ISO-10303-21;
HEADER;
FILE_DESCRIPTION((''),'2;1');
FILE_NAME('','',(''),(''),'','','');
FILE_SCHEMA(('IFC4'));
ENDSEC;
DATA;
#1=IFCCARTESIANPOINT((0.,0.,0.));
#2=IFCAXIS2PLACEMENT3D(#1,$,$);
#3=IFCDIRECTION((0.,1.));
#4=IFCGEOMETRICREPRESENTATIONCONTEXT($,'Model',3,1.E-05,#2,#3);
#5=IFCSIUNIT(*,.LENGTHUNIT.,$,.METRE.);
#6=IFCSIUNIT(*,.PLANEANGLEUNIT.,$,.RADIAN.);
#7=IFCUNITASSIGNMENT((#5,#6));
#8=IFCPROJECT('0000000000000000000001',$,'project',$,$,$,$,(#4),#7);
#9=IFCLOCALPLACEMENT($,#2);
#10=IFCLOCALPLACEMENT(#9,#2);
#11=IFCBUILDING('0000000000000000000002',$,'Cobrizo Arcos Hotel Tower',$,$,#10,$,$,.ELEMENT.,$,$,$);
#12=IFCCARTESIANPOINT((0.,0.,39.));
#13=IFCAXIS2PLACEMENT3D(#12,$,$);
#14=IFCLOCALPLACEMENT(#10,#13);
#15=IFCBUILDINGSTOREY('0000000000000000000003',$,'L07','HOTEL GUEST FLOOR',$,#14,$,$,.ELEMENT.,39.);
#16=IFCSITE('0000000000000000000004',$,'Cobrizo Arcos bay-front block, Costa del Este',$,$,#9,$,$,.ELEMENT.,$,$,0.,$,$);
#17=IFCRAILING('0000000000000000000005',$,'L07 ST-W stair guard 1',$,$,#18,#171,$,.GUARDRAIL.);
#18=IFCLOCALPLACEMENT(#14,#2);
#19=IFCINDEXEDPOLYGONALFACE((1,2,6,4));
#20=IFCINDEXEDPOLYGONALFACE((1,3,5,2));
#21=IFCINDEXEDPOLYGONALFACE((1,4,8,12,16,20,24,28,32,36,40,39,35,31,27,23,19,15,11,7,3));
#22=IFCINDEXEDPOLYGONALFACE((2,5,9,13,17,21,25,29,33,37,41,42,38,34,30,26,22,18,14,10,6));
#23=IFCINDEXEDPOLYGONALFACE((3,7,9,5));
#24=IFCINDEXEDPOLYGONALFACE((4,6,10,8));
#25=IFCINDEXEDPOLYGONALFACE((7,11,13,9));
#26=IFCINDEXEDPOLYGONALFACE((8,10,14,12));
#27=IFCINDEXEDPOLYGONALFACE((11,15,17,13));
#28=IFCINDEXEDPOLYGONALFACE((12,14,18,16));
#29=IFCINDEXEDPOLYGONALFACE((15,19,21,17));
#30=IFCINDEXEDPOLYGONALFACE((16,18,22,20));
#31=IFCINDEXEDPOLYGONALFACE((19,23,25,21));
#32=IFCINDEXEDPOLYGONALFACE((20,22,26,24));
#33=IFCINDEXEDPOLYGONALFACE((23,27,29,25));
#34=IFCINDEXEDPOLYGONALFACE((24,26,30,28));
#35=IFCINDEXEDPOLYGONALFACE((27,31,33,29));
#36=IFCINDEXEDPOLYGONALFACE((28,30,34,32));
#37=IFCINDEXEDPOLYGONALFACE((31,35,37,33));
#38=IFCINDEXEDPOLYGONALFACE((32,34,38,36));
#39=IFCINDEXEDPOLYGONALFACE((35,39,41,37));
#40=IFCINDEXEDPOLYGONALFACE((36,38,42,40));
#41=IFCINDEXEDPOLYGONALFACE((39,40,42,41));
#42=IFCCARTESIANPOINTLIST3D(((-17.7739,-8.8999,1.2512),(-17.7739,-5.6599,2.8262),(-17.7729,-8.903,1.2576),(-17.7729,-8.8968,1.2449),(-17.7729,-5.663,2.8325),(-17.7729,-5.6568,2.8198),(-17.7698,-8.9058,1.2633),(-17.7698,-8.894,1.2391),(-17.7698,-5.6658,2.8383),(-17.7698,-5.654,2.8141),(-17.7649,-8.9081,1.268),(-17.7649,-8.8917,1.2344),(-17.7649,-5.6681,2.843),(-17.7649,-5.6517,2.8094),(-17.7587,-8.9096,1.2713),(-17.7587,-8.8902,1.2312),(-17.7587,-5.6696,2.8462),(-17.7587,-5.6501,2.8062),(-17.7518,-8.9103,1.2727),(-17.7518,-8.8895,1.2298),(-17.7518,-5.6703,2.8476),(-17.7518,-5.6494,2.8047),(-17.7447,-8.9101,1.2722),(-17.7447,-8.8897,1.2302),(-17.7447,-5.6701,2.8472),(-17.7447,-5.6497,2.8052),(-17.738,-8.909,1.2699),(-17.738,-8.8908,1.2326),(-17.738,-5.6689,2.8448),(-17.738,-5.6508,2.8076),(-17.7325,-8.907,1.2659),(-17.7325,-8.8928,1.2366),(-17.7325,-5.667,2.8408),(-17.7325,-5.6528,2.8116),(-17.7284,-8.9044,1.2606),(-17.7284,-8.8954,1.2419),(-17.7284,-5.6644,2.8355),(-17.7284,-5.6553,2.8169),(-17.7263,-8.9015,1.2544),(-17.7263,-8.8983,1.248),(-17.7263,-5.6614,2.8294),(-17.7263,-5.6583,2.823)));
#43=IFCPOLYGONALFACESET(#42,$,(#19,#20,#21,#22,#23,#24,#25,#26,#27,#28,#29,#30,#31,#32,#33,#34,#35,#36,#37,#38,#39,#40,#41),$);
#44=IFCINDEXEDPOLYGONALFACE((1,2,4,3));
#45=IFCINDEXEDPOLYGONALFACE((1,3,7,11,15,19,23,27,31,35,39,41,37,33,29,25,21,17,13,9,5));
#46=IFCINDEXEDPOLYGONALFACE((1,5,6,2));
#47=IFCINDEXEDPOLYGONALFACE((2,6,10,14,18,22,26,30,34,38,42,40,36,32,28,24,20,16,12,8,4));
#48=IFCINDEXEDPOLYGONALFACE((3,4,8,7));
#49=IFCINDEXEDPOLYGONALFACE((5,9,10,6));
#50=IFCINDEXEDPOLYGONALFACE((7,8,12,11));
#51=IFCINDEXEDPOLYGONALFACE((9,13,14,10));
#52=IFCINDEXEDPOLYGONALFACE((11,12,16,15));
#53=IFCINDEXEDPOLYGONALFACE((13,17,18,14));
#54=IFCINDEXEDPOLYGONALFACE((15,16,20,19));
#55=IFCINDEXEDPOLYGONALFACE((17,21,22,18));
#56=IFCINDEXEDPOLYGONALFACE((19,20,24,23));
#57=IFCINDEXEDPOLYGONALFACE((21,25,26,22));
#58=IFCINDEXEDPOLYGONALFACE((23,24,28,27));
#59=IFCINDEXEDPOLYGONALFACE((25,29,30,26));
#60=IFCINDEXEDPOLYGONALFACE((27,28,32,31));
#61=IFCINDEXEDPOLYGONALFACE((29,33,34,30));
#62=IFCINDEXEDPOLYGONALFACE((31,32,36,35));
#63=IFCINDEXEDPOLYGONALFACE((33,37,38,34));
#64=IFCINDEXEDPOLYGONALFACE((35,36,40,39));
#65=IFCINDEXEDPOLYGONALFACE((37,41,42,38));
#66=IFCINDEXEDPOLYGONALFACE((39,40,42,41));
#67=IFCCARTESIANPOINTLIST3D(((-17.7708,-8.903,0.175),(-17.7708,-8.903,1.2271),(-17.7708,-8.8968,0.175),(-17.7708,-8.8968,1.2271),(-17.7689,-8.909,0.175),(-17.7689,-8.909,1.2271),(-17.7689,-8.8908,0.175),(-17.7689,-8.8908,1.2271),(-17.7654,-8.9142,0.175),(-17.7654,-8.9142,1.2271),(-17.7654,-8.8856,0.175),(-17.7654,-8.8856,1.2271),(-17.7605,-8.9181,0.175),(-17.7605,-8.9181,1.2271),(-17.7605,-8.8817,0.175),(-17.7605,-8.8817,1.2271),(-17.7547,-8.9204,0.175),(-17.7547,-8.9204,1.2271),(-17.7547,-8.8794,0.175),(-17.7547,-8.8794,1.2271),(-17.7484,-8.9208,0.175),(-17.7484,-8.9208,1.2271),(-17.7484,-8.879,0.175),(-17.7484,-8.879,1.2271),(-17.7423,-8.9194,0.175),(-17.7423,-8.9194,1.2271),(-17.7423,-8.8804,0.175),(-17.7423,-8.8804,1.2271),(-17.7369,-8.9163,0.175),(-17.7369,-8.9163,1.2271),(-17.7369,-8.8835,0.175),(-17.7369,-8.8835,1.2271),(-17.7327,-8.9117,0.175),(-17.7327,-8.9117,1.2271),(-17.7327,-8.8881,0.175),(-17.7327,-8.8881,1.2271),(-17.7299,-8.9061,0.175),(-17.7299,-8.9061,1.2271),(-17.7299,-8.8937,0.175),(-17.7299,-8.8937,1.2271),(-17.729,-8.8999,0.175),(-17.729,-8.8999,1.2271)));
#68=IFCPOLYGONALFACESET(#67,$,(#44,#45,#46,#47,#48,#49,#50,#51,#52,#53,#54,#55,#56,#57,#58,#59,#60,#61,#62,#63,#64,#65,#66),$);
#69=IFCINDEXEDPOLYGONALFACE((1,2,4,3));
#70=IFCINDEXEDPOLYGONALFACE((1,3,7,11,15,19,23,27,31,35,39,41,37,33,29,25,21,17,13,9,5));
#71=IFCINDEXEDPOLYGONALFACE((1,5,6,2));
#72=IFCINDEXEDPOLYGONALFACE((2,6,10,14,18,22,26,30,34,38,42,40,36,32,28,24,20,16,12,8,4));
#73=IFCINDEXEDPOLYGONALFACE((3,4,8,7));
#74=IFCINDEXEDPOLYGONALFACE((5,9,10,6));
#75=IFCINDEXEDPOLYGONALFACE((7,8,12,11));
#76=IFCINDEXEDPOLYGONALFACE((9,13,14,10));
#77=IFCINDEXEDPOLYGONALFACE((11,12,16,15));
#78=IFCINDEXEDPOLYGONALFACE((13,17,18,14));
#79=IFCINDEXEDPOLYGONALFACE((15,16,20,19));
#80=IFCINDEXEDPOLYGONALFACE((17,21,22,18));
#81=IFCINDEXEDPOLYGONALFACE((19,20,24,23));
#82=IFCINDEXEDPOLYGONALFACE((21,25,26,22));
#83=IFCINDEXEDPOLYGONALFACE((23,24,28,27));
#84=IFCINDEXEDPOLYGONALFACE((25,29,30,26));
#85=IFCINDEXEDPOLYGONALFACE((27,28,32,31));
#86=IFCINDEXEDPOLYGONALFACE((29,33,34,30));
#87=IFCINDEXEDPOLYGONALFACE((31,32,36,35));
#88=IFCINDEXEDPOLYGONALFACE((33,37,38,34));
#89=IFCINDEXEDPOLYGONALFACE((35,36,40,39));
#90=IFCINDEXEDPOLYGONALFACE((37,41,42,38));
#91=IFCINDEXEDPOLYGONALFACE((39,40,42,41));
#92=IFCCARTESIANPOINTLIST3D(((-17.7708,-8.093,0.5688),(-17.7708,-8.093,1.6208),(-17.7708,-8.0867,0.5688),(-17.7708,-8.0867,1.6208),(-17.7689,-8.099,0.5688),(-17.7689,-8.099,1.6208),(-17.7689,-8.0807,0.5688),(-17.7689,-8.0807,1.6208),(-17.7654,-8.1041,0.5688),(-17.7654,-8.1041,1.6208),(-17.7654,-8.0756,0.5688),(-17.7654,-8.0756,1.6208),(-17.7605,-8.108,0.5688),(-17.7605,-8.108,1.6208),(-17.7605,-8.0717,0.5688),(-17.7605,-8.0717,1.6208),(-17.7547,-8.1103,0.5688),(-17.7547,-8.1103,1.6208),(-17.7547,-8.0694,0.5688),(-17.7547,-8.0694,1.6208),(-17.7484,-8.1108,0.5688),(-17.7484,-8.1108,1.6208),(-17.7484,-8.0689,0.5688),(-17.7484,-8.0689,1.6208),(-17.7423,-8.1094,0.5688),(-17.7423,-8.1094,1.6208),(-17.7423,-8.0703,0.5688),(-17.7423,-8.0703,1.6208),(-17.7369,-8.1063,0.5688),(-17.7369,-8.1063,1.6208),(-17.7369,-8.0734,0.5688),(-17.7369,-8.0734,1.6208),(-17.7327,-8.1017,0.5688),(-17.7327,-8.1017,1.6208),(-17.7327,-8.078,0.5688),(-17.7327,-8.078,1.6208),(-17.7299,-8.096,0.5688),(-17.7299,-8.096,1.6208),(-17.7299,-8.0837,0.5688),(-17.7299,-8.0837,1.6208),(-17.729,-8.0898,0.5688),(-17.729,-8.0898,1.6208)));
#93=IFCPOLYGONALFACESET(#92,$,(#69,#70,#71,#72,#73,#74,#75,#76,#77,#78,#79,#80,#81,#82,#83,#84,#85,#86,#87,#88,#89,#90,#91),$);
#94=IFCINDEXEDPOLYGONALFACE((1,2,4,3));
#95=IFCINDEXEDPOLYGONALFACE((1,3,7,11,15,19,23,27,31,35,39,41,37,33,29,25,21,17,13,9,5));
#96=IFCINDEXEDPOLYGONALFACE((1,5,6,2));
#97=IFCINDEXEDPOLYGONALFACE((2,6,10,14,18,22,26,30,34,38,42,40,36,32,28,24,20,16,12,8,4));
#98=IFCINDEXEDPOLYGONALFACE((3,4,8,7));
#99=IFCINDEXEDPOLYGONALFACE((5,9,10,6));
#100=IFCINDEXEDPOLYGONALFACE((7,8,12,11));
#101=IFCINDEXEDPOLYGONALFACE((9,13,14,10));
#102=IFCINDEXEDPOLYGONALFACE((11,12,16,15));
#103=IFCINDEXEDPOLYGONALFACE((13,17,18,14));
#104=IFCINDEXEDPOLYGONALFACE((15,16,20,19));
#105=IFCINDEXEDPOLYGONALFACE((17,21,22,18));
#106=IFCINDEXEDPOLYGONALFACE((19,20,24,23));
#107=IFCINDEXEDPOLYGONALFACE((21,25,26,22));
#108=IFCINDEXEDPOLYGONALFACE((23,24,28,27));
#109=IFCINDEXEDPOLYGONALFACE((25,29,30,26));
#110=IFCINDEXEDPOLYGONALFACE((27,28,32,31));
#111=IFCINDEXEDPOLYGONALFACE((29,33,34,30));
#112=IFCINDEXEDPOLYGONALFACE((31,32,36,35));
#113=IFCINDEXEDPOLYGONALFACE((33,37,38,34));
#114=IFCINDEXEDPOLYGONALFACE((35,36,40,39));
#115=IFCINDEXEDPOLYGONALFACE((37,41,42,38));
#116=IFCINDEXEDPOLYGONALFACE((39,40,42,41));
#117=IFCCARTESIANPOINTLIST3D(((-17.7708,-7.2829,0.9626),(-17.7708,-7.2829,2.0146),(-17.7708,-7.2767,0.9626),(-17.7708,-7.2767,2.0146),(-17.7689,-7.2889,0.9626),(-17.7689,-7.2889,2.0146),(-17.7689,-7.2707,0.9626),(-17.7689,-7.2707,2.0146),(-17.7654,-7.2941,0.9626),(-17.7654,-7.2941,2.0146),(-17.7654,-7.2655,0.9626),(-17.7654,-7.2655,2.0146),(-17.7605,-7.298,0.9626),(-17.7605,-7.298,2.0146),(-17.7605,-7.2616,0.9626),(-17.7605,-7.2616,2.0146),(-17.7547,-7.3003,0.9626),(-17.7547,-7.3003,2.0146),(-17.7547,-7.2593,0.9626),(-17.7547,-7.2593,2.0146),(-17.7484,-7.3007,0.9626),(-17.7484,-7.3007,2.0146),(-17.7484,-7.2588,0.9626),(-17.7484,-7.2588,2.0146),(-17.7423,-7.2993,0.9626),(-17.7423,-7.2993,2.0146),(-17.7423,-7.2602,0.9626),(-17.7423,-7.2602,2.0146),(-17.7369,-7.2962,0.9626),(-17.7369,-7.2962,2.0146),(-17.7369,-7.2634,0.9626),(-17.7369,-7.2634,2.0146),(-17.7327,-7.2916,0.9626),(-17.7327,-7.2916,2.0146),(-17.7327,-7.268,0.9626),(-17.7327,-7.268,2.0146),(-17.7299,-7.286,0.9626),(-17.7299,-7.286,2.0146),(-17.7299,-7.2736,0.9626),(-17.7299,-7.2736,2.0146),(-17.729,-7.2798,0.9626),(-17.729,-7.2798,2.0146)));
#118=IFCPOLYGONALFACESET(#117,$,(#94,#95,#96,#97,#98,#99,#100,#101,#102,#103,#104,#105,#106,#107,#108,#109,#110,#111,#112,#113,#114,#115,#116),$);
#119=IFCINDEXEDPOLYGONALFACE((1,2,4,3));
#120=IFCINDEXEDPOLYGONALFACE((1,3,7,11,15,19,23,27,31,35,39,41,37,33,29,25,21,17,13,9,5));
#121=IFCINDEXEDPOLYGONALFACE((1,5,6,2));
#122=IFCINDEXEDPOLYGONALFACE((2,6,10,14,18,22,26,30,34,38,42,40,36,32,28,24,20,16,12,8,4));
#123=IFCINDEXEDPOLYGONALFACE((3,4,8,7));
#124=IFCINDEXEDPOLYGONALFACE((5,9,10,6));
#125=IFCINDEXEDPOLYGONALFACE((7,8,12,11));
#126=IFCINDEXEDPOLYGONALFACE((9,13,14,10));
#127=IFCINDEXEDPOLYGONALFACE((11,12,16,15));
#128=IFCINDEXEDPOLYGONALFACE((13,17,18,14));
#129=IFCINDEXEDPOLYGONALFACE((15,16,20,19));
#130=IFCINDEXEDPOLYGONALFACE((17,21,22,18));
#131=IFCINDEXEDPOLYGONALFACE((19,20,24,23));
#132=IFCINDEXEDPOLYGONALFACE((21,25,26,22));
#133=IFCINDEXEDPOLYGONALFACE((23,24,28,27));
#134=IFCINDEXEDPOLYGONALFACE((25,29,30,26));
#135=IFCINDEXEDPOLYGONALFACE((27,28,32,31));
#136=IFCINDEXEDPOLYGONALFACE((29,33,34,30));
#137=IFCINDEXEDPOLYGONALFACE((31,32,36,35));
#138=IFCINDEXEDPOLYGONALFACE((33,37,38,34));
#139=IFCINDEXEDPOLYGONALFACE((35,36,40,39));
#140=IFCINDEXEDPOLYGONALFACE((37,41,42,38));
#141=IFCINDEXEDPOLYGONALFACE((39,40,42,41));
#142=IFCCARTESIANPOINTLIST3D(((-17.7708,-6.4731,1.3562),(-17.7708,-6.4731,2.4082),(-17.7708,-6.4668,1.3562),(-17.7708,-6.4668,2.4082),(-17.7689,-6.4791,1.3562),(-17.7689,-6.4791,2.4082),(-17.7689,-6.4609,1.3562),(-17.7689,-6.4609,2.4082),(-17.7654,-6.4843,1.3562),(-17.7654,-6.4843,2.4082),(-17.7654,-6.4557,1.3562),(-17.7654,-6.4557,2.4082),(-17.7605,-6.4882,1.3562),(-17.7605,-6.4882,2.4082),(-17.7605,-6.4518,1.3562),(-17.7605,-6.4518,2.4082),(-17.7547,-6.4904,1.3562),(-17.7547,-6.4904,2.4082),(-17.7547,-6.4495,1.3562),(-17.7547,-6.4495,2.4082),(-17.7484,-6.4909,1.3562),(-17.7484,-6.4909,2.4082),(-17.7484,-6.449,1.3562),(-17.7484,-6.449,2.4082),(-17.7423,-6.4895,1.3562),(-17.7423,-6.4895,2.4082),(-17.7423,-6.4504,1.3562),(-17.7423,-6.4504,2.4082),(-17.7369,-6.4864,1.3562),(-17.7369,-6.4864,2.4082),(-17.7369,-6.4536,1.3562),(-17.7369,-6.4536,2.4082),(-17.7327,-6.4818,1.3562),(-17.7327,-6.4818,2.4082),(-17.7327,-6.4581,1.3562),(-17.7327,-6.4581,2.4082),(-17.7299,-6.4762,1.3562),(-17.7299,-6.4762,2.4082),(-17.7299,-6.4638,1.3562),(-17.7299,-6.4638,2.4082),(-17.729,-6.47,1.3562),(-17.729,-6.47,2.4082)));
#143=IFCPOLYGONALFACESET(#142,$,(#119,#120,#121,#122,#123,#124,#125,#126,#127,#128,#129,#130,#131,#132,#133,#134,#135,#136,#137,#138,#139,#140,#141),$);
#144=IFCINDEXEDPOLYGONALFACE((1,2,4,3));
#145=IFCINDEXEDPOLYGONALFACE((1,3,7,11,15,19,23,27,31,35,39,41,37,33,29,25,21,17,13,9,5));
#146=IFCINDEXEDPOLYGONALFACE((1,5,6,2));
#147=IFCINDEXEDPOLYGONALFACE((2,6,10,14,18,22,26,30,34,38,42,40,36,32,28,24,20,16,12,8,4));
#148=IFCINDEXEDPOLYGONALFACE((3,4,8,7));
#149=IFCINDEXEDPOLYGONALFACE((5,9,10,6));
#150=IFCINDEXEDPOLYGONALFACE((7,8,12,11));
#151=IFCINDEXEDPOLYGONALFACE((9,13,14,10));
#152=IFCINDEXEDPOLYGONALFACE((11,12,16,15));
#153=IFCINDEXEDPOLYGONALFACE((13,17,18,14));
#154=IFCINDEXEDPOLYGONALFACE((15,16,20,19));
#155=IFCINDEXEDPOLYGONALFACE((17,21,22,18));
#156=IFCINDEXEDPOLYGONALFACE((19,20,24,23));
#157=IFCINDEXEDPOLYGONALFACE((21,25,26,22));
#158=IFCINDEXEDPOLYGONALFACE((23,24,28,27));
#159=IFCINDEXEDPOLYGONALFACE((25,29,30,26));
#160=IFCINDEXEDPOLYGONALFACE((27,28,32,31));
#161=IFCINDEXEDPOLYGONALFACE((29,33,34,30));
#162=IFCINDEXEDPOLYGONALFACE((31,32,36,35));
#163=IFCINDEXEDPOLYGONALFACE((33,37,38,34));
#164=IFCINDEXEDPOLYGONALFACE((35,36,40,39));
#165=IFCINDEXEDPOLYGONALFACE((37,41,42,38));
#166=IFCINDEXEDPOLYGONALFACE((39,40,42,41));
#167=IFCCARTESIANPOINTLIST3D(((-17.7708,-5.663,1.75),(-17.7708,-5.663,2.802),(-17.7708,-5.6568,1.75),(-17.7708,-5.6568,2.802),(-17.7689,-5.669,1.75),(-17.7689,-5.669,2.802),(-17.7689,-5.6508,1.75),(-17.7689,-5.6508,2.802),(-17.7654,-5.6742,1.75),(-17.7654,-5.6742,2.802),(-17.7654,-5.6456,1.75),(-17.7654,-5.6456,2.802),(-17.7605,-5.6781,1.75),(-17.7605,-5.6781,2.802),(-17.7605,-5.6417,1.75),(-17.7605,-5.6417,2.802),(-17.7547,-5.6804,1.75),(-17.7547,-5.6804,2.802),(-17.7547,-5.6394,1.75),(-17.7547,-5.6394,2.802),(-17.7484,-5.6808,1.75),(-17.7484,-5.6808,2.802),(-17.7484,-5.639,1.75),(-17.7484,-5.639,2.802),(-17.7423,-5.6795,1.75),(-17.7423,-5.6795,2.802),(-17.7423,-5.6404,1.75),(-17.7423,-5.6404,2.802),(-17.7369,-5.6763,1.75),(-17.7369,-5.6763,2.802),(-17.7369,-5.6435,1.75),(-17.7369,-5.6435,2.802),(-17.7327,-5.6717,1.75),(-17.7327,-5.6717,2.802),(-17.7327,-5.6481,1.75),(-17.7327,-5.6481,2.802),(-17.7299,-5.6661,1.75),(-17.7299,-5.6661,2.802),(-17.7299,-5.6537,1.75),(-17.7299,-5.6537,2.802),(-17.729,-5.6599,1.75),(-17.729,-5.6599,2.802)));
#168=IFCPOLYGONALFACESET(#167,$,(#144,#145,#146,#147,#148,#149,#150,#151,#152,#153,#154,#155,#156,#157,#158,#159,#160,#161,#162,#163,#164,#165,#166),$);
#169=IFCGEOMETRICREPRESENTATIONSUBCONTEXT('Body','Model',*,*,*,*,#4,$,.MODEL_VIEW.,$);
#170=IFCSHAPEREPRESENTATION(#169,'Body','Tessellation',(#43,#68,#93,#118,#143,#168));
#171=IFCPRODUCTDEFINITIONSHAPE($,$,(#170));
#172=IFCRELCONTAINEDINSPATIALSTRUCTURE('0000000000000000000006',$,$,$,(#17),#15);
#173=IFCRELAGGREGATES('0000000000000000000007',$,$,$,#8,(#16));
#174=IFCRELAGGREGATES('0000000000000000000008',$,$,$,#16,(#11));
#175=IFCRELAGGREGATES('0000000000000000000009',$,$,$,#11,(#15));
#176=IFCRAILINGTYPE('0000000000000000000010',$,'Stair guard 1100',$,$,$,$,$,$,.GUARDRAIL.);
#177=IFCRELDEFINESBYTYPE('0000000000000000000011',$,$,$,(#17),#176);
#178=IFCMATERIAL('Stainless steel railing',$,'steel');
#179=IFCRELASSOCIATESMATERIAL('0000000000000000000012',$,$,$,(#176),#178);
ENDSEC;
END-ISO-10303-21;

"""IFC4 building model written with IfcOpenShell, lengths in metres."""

from ifc_helpers import new_model, si_unit, direction, frame, origin, origin_2d, place, context, subcontext, project, spatial, circle, extrude, material, type_object, element, save


model = new_model("IFC4")

# Units and contexts
model_context = context("Model", 3, precision=1e-05, world=origin(), true_north=direction((0.0, 1.0)))
body_context = subcontext(model_context, "Body", "Model", "MODEL_VIEW")
ifc_project = project(units=[si_unit("LENGTHUNIT", "METRE"), si_unit("PLANEANGLEUNIT", "RADIAN")], contexts=[model_context])

# Site, building, storey
site_placement = place(None, origin())
site = spatial("IfcSite", under=ifc_project, at=site_placement, Name="Cobrizo Arcos bay-front block, Costa del Este", CompositionType="ELEMENT", RefElevation=0.0)
building_placement = place(site_placement, origin())
building = spatial("IfcBuilding", under=site, at=building_placement, Name="Cobrizo Arcos Hotel Tower", CompositionType="ELEMENT")
storey_placement = place(building_placement, frame((0.0, 0.0, 39.0)))
storey = spatial("IfcBuildingStorey", under=building, at=storey_placement, Name="L07", Description="HOTEL GUEST FLOOR", CompositionType="ELEMENT", Elevation=39.0)

# Railing
ifc_material_1 = material(Name="Stainless steel railing", Category="steel")
railing_type_1 = type_object("IfcRailingType", Name="Stair guard 1100", PredefinedType="GUARDRAIL", material=ifc_material_1)
railing_1_placement = place(storey_placement, frame((-17.75, -8.8999, 0.175)))
element("IfcRailing", 1, at=railing_1_placement, inside=storey, type_object=railing_type_1, Name="L07 ST-W stair guard 1", PredefinedType="GUARDRAIL", context=body_context, shape_type="SweptSolid", body=[
    extrude(circle(Radius=0.0239, at=origin_2d()), frame((0.0, 0.0, 1.0762), z_axis=(0.0, 0.899373, 0.437183), x_axis=(-1.0, 0.0, 0.0)), (0.0, 0.0, 1.0), 3.6025),
    extrude(circle(Radius=0.021, at=origin_2d()), origin(), (0.0, 0.0, 1.0), 1.052),
    extrude(circle(Radius=0.021, at=origin_2d()), frame((0.0, 0.8101, 0.3938)), (0.0, 0.0, 1.0), 1.052),
    extrude(circle(Radius=0.021, at=origin_2d()), frame((0.0, 1.6201, 0.7876)), (0.0, 0.0, 1.0), 1.052),
    extrude(circle(Radius=0.021, at=origin_2d()), frame((0.0, 2.4299, 1.1812)), (0.0, 0.0, 1.0), 1.052),
    extrude(circle(Radius=0.021, at=origin_2d()), frame((0.0, 3.24, 1.575)), (0.0, 0.0, 1.0), 1.052),
])

save(model, "model.ifc")
